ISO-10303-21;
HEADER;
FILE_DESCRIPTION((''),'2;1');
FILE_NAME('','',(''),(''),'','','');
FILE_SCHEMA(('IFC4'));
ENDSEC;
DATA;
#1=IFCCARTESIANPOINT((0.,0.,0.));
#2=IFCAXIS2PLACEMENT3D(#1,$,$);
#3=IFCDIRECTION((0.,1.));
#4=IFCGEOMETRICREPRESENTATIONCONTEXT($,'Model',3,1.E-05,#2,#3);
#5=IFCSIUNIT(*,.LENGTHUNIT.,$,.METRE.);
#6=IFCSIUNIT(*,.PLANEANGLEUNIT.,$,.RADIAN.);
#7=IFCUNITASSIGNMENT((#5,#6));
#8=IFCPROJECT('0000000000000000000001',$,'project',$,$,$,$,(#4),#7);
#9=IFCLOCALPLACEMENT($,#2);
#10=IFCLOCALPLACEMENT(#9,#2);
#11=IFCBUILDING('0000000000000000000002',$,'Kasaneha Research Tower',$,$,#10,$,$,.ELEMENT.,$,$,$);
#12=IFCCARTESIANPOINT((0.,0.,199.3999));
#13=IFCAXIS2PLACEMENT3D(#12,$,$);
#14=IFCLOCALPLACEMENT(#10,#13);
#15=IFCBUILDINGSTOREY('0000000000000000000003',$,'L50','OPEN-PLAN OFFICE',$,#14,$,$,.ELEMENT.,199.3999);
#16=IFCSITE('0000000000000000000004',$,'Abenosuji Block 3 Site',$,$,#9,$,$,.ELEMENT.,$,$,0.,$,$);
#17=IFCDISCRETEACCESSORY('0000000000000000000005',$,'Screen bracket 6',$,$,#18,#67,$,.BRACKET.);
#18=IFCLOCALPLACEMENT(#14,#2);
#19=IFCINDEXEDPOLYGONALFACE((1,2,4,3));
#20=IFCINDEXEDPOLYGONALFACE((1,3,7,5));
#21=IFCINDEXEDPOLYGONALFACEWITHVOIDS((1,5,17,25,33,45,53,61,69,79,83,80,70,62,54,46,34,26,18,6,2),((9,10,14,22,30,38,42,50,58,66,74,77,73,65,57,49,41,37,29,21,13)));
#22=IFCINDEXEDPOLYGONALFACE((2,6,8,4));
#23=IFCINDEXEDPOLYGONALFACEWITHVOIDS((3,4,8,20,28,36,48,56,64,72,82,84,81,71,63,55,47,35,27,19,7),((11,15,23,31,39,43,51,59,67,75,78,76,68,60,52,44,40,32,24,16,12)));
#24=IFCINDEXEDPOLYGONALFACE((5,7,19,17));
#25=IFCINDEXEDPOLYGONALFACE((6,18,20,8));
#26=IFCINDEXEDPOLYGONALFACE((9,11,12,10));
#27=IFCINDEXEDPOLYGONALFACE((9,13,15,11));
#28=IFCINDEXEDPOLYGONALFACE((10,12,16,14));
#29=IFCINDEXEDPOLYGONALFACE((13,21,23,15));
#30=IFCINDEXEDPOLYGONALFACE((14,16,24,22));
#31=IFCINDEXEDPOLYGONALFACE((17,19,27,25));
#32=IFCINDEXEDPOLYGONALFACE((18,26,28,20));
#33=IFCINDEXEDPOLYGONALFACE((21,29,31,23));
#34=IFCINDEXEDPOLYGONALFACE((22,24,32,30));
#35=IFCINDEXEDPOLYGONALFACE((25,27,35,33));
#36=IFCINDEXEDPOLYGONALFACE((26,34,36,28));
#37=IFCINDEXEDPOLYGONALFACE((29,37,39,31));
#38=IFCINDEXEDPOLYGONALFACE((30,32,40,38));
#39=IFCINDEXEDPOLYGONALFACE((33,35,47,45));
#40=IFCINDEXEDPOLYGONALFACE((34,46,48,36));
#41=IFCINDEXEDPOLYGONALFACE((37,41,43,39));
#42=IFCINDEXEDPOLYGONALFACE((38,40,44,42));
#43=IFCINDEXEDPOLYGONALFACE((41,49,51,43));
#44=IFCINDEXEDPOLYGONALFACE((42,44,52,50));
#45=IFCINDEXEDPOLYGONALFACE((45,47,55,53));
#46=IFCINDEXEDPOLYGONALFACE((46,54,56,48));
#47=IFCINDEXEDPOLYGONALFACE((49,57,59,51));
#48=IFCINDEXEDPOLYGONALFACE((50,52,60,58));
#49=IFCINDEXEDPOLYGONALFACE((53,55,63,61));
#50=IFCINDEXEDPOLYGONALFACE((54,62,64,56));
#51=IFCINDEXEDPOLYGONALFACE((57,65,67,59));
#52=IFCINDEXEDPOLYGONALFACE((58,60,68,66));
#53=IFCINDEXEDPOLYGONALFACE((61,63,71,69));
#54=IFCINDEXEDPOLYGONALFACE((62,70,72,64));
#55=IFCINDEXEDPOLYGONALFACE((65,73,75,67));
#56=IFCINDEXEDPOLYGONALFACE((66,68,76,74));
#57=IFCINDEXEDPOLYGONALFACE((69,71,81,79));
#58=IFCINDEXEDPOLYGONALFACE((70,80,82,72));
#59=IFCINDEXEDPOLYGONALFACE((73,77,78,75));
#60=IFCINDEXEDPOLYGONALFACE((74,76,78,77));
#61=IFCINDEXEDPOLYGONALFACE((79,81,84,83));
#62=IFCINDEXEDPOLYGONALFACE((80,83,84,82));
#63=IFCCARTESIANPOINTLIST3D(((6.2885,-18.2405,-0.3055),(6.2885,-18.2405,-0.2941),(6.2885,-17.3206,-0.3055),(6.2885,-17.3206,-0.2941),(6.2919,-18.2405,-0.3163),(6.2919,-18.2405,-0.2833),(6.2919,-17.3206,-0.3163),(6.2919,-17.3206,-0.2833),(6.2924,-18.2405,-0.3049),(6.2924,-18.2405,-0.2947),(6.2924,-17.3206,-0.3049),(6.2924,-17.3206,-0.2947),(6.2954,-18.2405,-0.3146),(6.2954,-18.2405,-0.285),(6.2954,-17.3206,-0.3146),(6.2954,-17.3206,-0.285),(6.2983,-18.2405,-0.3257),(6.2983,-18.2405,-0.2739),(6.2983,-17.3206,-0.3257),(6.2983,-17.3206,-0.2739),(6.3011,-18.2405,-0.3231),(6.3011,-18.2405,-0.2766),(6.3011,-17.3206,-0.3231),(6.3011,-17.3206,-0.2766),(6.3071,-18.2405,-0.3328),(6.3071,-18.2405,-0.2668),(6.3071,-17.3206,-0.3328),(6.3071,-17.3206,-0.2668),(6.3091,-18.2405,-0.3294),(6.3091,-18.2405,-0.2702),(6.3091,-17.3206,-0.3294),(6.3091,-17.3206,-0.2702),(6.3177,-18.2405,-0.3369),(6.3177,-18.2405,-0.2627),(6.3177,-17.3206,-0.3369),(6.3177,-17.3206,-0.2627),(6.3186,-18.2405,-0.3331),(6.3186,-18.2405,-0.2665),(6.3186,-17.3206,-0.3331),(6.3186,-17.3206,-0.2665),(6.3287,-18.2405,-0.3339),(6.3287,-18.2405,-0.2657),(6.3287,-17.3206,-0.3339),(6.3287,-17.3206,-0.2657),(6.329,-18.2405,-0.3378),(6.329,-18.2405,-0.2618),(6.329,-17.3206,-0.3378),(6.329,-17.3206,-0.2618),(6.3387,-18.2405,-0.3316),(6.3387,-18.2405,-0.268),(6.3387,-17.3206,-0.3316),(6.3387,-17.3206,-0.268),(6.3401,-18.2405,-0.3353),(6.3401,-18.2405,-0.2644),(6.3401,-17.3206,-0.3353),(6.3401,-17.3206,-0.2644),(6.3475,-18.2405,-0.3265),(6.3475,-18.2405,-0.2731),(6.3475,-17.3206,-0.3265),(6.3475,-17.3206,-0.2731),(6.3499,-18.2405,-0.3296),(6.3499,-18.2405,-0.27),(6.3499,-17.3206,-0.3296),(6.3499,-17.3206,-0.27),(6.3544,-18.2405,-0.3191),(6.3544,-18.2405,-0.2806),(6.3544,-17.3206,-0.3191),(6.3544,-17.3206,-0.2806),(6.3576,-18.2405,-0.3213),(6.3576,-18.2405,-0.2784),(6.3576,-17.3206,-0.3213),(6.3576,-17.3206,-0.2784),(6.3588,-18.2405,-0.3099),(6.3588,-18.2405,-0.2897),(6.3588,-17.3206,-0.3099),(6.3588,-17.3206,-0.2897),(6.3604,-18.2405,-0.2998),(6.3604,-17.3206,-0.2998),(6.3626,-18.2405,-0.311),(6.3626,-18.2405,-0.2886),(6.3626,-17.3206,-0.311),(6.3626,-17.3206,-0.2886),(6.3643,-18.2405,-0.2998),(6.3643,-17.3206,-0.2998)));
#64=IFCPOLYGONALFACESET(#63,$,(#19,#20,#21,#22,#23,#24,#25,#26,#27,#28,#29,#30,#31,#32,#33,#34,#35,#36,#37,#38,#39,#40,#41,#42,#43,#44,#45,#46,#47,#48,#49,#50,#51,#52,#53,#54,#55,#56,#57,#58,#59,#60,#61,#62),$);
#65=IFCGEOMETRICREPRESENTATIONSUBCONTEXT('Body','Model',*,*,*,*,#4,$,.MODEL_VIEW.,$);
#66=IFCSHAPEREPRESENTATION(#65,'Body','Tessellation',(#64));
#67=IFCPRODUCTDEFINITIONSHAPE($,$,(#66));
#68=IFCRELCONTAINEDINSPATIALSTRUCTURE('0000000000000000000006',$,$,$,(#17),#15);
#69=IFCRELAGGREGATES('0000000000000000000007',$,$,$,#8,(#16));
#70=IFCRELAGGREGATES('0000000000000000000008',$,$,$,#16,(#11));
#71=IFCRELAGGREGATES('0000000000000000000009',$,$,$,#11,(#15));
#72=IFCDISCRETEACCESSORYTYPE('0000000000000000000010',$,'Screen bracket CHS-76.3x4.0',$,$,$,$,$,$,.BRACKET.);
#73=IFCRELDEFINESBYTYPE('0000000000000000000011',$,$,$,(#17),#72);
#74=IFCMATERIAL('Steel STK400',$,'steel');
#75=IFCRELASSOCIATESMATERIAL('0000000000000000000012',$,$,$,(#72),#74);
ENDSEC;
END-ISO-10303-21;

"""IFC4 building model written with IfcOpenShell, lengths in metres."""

from ifc_helpers import new_model, si_unit, direction, frame, origin, origin_2d, place, context, subcontext, project, spatial, hollow_circle, extrude, material, material_profile, profile_set, type_object, element, save


model = new_model("IFC4")

# Units and contexts
model_context = context("Model", 3, precision=1e-05, world=origin(), true_north=direction((0.0, 1.0)))
body_context = subcontext(model_context, "Body", "Model", "MODEL_VIEW")
ifc_project = project(units=[si_unit("LENGTHUNIT", "METRE"), si_unit("PLANEANGLEUNIT", "RADIAN")], contexts=[model_context])

# Site, building, storey
site_placement = place(None, origin())
site = spatial("IfcSite", under=ifc_project, at=site_placement, Name="Abenosuji Block 3 Site", CompositionType="ELEMENT", RefElevation=0.0)
building_placement = place(site_placement, origin())
building = spatial("IfcBuilding", under=site, at=building_placement, Name="Kasaneha Research Tower", CompositionType="ELEMENT")
storey_placement = place(building_placement, frame((0.0, 0.0, 199.3999)))
storey = spatial("IfcBuildingStorey", under=building, at=storey_placement, Name="L50", Description="OPEN-PLAN OFFICE", CompositionType="ELEMENT", Elevation=199.3999)

# Discrete accessory
ifc_material_1 = material(Name="Steel STK400", Category="steel")
ifc_material_profile_1 = material_profile(ifc_material_1, hollow_circle(Radius=0.0381, WallThickness=0.0039, at=origin_2d()), Name="CHS-76.3x4.0")
ifc_profile_set_1 = profile_set([ifc_material_profile_1], Name="Steel STK400")
discrete_accessory_type = type_object("IfcDiscreteAccessoryType", Name="Screen bracket CHS-76.3x4.0", PredefinedType="BRACKET", material=ifc_profile_set_1)
for number, where, z_axis, x_axis, name in (
    (1, (6.3262, -17.3206, -0.2998), (0.0, -1.0, 0.0), (1.0, 0.0, 0.0), "Screen bracket 6"),
):
    element("IfcDiscreteAccessory", number, at=place(storey_placement, frame(where, z_axis=z_axis, x_axis=x_axis)), inside=storey, type_object=discrete_accessory_type, Name=name, PredefinedType="BRACKET", context=body_context, shape_type="SweptSolid", body=[
        extrude(hollow_circle(Radius=0.0381, WallThickness=0.0039, at=origin_2d()), origin(), (0.0, 0.0, 1.0), 0.9199),
    ])

save(model, "model.ifc")
